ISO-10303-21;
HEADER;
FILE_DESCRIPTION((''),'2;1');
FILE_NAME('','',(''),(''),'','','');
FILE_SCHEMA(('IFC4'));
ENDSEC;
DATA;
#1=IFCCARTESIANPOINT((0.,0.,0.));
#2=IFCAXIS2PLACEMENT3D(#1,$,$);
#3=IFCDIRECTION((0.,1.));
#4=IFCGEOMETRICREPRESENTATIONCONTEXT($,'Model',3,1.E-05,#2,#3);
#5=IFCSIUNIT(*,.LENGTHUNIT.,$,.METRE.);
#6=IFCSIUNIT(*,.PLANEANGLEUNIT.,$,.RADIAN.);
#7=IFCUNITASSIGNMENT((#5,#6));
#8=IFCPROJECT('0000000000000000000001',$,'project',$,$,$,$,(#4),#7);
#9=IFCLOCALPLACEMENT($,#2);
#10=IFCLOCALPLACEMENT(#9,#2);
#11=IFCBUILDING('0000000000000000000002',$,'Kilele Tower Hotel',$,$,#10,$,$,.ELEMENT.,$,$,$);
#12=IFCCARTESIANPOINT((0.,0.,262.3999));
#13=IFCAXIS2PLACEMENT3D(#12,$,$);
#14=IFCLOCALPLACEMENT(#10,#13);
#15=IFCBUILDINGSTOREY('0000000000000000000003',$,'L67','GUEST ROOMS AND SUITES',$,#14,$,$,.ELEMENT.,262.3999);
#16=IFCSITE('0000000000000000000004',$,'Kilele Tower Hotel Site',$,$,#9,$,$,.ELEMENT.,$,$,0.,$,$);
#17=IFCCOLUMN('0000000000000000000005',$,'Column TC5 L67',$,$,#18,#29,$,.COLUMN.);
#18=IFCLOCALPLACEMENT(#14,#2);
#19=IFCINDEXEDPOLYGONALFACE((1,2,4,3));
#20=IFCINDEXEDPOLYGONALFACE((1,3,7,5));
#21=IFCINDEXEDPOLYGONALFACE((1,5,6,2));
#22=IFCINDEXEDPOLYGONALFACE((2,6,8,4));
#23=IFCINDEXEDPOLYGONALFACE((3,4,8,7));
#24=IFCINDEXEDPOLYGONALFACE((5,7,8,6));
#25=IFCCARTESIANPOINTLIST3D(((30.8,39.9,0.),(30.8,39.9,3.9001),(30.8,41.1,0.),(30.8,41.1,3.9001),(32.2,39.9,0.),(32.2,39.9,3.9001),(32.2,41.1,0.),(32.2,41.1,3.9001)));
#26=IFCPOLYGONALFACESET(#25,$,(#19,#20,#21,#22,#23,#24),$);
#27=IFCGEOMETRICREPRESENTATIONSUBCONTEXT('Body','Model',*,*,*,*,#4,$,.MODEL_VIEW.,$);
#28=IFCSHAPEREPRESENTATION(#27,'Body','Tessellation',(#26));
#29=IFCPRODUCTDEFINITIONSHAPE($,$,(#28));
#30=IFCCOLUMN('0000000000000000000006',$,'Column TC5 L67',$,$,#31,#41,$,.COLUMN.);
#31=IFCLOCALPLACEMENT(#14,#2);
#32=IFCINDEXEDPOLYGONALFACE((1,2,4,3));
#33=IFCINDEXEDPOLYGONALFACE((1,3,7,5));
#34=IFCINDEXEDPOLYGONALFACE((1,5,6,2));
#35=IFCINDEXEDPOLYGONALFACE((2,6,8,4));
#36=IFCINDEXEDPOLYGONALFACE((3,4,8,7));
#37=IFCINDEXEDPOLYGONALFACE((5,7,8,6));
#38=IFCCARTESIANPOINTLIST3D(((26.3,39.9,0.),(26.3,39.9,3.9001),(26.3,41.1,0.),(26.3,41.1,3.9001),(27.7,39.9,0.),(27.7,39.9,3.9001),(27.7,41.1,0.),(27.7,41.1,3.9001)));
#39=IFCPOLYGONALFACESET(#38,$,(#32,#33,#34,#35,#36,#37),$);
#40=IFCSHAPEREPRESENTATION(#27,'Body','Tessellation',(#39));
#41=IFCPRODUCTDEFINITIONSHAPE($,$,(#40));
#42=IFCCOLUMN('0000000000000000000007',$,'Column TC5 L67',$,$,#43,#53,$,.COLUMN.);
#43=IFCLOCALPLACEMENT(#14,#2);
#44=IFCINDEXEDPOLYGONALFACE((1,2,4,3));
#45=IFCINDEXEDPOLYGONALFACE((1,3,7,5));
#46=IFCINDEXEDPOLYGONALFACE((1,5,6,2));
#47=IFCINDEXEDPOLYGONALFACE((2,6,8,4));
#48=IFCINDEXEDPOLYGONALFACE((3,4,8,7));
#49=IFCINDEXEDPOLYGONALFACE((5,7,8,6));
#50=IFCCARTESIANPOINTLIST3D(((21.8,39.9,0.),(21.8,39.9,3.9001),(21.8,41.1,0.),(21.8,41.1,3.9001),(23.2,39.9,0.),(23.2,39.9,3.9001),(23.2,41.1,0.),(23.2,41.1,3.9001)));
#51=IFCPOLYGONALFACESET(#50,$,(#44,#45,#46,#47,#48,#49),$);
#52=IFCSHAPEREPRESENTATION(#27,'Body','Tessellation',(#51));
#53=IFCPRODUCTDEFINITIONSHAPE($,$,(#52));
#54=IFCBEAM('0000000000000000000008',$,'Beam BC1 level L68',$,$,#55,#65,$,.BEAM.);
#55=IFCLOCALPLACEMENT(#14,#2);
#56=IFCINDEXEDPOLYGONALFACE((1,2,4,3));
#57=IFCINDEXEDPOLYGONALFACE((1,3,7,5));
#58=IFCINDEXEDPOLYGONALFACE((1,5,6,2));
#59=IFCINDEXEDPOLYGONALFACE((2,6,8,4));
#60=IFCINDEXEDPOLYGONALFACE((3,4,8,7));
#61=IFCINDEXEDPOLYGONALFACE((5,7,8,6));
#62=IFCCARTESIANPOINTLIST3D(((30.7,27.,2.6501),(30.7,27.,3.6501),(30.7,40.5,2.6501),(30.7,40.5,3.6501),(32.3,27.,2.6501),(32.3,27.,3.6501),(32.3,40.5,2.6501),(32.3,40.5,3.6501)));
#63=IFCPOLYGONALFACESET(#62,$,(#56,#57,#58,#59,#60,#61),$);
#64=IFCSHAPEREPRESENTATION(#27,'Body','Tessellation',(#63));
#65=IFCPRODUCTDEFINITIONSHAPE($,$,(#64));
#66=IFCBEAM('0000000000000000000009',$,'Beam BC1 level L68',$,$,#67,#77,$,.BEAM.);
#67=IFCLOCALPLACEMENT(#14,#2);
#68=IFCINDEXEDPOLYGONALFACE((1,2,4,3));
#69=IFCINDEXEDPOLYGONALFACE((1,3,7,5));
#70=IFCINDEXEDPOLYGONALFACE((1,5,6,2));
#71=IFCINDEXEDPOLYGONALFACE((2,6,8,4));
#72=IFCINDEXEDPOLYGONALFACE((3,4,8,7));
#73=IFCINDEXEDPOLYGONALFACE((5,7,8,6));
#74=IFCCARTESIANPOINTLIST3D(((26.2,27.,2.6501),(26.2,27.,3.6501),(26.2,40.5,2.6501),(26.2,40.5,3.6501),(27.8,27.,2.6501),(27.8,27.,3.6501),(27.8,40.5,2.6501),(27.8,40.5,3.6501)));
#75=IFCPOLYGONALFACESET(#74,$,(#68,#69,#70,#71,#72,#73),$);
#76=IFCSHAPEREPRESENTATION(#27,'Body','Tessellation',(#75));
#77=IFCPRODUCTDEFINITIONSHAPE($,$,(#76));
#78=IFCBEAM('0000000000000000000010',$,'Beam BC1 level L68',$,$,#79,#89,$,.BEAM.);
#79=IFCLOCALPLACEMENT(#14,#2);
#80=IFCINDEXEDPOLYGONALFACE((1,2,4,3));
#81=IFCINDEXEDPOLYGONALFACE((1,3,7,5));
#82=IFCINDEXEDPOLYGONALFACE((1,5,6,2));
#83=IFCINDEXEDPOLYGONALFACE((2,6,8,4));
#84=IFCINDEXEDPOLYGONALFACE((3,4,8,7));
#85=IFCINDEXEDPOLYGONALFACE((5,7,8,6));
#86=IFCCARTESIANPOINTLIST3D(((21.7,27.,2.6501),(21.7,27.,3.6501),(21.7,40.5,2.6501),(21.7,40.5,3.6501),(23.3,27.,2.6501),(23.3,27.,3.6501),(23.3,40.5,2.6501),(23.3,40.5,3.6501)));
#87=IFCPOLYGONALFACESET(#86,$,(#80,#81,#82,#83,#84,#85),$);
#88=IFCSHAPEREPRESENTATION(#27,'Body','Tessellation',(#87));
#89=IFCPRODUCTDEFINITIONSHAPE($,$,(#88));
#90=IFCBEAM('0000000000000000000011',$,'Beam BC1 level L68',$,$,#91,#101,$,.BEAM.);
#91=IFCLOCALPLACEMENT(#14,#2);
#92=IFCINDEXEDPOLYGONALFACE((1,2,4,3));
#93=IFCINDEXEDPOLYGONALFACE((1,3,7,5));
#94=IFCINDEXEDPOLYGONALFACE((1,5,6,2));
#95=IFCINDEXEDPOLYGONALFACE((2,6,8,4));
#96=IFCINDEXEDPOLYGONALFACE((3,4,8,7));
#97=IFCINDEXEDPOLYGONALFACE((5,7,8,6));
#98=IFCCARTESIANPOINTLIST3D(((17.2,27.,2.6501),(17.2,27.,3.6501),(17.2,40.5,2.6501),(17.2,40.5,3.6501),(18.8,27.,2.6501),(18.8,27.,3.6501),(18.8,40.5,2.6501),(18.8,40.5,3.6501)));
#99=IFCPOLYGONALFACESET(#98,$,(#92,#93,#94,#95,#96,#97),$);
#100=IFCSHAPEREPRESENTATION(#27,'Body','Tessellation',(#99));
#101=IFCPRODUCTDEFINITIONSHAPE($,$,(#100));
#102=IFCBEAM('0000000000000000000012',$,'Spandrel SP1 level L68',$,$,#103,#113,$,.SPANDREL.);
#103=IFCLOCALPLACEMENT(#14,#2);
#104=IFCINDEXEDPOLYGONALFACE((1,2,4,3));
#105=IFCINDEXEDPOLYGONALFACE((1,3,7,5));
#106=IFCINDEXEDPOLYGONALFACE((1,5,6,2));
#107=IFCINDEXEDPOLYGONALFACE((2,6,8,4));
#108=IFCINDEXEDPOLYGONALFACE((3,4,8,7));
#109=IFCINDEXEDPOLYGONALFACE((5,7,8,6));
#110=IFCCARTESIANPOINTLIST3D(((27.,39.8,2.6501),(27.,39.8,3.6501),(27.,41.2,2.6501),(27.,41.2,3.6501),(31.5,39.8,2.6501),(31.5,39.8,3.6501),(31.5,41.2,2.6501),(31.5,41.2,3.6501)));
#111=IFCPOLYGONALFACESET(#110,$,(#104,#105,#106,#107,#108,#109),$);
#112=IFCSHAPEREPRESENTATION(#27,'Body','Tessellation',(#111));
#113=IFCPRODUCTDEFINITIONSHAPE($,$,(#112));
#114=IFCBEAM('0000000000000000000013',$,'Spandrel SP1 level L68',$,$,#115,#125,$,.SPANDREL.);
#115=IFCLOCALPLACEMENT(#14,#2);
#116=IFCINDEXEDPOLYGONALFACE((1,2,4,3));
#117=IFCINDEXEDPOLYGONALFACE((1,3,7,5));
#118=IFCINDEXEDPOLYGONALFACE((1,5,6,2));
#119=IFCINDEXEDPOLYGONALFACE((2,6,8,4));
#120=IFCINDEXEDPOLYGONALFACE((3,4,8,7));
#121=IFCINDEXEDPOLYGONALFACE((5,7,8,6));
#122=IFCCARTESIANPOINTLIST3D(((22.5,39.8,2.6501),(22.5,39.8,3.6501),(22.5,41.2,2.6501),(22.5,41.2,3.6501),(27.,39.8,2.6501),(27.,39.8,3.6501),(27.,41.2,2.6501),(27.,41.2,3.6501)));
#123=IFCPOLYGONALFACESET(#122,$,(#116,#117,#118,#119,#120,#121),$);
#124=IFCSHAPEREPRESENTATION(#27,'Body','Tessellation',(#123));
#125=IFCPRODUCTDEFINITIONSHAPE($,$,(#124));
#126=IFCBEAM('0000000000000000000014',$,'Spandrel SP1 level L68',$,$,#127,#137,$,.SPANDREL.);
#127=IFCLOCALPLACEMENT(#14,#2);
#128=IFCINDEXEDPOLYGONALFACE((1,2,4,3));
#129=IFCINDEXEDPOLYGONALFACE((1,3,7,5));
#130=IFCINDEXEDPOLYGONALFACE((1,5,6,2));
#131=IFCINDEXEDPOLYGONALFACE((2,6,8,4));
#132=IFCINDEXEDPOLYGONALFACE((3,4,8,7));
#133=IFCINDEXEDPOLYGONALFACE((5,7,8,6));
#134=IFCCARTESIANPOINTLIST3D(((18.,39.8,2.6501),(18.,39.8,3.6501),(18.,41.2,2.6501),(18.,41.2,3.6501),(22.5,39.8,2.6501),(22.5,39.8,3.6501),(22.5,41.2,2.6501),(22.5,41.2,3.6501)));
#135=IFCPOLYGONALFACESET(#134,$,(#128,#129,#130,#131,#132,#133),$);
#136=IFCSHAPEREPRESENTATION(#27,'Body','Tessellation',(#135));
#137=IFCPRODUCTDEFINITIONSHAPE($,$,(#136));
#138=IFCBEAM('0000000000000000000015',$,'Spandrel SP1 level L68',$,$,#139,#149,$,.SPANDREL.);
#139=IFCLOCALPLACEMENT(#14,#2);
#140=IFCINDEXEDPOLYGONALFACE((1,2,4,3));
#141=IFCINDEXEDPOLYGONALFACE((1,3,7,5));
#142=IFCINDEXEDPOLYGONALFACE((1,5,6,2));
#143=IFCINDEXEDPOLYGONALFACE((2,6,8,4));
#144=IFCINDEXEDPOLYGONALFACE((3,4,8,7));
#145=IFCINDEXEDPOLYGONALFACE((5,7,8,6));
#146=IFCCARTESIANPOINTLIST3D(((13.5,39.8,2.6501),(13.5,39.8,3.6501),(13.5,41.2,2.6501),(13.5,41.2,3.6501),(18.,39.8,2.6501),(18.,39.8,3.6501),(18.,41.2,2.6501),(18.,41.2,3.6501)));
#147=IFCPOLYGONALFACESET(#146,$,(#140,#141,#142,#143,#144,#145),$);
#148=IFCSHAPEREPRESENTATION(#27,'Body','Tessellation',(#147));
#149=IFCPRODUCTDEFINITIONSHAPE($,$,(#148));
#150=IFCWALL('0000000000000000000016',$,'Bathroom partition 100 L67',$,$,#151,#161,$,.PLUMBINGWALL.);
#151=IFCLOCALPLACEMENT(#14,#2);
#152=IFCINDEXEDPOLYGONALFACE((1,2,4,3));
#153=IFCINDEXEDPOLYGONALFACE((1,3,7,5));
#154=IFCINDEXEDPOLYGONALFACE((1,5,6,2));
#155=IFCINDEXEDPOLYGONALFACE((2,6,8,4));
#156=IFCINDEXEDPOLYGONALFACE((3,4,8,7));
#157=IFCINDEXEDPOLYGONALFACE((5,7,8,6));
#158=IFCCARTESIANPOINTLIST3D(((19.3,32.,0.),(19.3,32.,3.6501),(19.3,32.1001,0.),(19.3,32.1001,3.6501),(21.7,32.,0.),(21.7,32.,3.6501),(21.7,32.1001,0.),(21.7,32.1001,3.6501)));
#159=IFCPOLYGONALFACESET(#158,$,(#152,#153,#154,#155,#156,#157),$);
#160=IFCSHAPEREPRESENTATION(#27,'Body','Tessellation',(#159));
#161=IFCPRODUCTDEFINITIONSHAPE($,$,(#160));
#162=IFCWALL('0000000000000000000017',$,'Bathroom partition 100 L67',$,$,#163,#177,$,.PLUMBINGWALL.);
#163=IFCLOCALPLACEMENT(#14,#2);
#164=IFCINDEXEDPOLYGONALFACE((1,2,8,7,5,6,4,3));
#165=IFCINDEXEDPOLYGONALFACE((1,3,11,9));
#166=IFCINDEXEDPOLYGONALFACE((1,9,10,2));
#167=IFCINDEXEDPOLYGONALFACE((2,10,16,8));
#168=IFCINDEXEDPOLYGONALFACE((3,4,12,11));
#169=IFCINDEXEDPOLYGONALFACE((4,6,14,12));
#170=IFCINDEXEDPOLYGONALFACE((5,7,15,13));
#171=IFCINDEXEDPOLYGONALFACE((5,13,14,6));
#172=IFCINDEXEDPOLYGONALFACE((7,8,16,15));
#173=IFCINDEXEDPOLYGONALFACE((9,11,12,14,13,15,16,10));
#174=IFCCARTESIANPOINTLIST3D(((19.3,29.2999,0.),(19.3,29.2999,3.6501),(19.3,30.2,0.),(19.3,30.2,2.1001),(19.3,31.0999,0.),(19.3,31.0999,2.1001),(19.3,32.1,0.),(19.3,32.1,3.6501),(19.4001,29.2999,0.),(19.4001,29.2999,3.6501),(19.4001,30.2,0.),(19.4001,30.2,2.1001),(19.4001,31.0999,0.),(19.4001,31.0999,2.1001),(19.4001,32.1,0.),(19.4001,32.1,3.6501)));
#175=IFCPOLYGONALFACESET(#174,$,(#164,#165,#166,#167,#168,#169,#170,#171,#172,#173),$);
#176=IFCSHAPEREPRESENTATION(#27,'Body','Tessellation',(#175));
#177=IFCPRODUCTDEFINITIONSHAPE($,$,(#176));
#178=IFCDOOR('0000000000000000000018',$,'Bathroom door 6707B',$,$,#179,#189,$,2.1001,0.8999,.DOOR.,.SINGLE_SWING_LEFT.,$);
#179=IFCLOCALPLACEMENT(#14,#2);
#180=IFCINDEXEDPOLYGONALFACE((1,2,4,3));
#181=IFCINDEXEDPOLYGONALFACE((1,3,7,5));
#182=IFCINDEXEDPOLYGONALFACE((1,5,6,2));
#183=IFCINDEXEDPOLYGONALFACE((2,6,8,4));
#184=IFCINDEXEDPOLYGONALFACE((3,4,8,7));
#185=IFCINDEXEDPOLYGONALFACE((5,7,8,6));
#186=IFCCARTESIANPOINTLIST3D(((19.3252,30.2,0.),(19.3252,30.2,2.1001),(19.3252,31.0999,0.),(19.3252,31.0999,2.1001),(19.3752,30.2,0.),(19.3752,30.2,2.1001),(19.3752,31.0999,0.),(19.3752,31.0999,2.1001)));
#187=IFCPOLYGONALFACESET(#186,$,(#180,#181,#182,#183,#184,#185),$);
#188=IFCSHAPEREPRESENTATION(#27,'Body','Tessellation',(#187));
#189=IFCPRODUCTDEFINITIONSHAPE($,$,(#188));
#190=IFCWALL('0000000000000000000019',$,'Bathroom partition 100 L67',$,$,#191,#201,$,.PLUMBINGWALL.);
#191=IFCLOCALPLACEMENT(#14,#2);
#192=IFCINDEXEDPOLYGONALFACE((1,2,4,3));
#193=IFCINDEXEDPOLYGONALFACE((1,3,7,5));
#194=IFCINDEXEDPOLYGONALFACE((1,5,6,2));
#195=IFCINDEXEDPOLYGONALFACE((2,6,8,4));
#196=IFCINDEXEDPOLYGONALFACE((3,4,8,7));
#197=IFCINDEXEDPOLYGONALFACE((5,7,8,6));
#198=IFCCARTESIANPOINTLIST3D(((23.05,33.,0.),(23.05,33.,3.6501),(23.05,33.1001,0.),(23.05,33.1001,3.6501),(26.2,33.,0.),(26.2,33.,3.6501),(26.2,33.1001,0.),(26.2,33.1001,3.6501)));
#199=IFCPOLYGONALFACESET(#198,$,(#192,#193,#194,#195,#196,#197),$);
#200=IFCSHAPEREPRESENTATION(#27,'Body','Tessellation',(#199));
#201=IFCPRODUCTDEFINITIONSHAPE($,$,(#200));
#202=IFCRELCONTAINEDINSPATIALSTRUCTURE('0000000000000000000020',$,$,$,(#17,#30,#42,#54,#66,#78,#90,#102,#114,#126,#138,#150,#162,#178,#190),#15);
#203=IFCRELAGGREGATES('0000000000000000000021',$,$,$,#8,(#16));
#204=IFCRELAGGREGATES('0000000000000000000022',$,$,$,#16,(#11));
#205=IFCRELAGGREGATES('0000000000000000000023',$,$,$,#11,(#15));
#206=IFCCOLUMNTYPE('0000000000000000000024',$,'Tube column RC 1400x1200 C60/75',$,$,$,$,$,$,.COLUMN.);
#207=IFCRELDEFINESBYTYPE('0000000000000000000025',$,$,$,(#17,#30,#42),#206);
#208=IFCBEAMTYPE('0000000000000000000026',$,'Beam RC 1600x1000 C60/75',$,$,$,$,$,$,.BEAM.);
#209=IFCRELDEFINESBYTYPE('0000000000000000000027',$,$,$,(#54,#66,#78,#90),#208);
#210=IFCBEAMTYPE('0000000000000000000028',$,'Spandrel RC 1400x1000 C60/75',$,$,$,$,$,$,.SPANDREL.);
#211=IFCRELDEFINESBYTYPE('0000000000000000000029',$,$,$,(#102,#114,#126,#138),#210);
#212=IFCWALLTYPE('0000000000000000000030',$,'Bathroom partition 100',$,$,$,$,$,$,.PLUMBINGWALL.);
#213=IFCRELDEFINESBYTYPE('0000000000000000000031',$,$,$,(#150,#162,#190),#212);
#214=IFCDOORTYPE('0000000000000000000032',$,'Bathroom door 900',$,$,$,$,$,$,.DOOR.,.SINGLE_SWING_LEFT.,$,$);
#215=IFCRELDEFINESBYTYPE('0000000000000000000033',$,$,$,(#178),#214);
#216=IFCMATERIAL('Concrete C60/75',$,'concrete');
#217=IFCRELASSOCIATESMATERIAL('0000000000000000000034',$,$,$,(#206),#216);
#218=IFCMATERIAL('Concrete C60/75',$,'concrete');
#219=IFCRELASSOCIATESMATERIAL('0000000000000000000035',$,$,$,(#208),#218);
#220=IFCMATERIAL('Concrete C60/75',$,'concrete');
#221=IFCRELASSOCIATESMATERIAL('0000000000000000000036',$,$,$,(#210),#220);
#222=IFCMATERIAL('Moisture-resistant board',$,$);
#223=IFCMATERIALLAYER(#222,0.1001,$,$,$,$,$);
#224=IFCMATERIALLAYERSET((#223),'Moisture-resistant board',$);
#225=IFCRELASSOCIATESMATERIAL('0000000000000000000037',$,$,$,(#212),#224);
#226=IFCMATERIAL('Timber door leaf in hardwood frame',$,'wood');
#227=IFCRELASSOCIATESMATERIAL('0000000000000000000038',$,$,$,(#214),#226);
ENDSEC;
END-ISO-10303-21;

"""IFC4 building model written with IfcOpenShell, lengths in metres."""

from ifc_helpers import new_model, si_unit, direction, frame, frame_2d, origin, origin_2d, place, context, subcontext, project, spatial, rectangle, extrude, material, layer, layer_set, material_profile, profile_set, type_object, element, fill, save


model = new_model("IFC4")

# Units and contexts
model_context = context("Model", 3, precision=1e-05, world=origin(), true_north=direction((0.0, 1.0)))
body_context = subcontext(model_context, "Body", "Model", "MODEL_VIEW")
ifc_project = project(units=[si_unit("LENGTHUNIT", "METRE"), si_unit("PLANEANGLEUNIT", "RADIAN")], contexts=[model_context])

# Site, building, storey
site_placement = place(None, origin())
site = spatial("IfcSite", under=ifc_project, at=site_placement, Name="Kilele Tower Hotel Site", CompositionType="ELEMENT", RefElevation=0.0)
building_placement = place(site_placement, origin())
building = spatial("IfcBuilding", under=site, at=building_placement, Name="Kilele Tower Hotel", CompositionType="ELEMENT")
storey_placement = place(building_placement, frame((0.0, 0.0, 262.3999)))
storey = spatial("IfcBuildingStorey", under=building, at=storey_placement, Name="L67", Description="GUEST ROOMS AND SUITES", CompositionType="ELEMENT", Elevation=262.3999)

# Columns
ifc_material_1 = material(Name="Concrete C60/75", Category="concrete")
ifc_material_profile_1 = material_profile(ifc_material_1, rectangle(XDim=1.3999, YDim=1.2, at=origin_2d()))
ifc_profile_set_1 = profile_set([ifc_material_profile_1], Name="Concrete C60/75")
column_type = type_object("IfcColumnType", Name="Tube column RC 1400x1200 C60/75", PredefinedType="COLUMN", material=ifc_profile_set_1)
for number, where, z_axis, x_axis, name in (
    (1, (31.5, 40.5, 0.0), (0.0, 0.0, 1.0), (1.0, 0.0, 0.0), "Column TC5 L67"),
    (2, (27.0, 40.5, 0.0), (0.0, 0.0, 1.0), (1.0, 0.0, 0.0), "Column TC5 L67"),
    (3, (22.5, 40.5, 0.0), (0.0, 0.0, 1.0), (1.0, 0.0, 0.0), "Column TC5 L67"),
):
    element("IfcColumn", number, at=place(storey_placement, frame(where, z_axis=z_axis, x_axis=x_axis)), inside=storey, type_object=column_type, Name=name, PredefinedType="COLUMN", context=body_context, shape_type="SweptSolid", body=[
        extrude(rectangle(XDim=1.3999, YDim=1.2, at=origin_2d()), origin(), (0.0, 0.0, 1.0), 3.9001),
    ])

# Beams
ifc_material_2 = material(Name="Concrete C60/75", Category="concrete")
ifc_material_profile_2 = material_profile(ifc_material_2, rectangle(XDim=1.6001, YDim=1.0, at=origin_2d()))
ifc_profile_set_2 = profile_set([ifc_material_profile_2], Name="Concrete C60/75")
beam_type_1 = type_object("IfcBeamType", Name="Beam RC 1600x1000 C60/75", PredefinedType="BEAM", material=ifc_profile_set_2)
for number, where, z_axis, x_axis, name in (
    (4, (31.5, 40.5, 3.1501), (0.0, -1.0, 0.0), (1.0, 0.0, 0.0), "Beam BC1 level L68"),
    (5, (27.0, 40.5, 3.1501), (0.0, -1.0, 0.0), (1.0, 0.0, 0.0), "Beam BC1 level L68"),
    (6, (22.5, 40.5, 3.1501), (0.0, -1.0, 0.0), (1.0, 0.0, 0.0), "Beam BC1 level L68"),
    (7, (18.0, 40.5, 3.1501), (0.0, -1.0, 0.0), (1.0, 0.0, 0.0), "Beam BC1 level L68"),
):
    element("IfcBeam", number, at=place(storey_placement, frame(where, z_axis=z_axis, x_axis=x_axis)), inside=storey, type_object=beam_type_1, Name=name, PredefinedType="BEAM", context=body_context, shape_type="SweptSolid", body=[
        extrude(rectangle(XDim=1.6001, YDim=1.0, at=origin_2d()), origin(), (0.0, 0.0, 1.0), 13.5),
    ])
ifc_material_3 = material(Name="Concrete C60/75", Category="concrete")
ifc_material_profile_3 = material_profile(ifc_material_3, rectangle(XDim=1.3999, YDim=1.0, at=origin_2d()))
ifc_profile_set_3 = profile_set([ifc_material_profile_3], Name="Concrete C60/75")
beam_type_2 = type_object("IfcBeamType", Name="Spandrel RC 1400x1000 C60/75", PredefinedType="SPANDREL", material=ifc_profile_set_3)
for number, where, z_axis, x_axis, name in (
    (8, (31.5, 40.5, 3.1501), (-1.0, 0.0, 0.0), (0.0, -1.0, 0.0), "Spandrel SP1 level L68"),
    (9, (27.0, 40.5, 3.1501), (-1.0, 0.0, 0.0), (0.0, -1.0, 0.0), "Spandrel SP1 level L68"),
    (10, (22.5, 40.5, 3.1501), (-1.0, 0.0, 0.0), (0.0, -1.0, 0.0), "Spandrel SP1 level L68"),
    (11, (18.0, 40.5, 3.1501), (-1.0, 0.0, 0.0), (0.0, -1.0, 0.0), "Spandrel SP1 level L68"),
):
    element("IfcBeam", number, at=place(storey_placement, frame(where, z_axis=z_axis, x_axis=x_axis)), inside=storey, type_object=beam_type_2, Name=name, PredefinedType="SPANDREL", context=body_context, shape_type="SweptSolid", body=[
        extrude(rectangle(XDim=1.3999, YDim=1.0, at=origin_2d()), origin(), (0.0, 0.0, 1.0), 4.5),
    ])

# Wall
ifc_material_4 = material(Name="Moisture-resistant board")
ifc_layer_1 = layer(ifc_material_4, 0.1001)
ifc_layer_set_1 = layer_set([ifc_layer_1], Name="Moisture-resistant board")
wall_type_1 = type_object("IfcWallType", Name="Bathroom partition 100", PredefinedType="PLUMBINGWALL", material=ifc_layer_set_1)
wall_1_placement = place(storey_placement, frame((19.3, 32.05, 0.0), z_axis=(0.0, 0.0, 1.0), x_axis=(1.0, 0.0, 0.0)))
element("IfcWall", 12, at=wall_1_placement, inside=storey, type_object=wall_type_1, Name="Bathroom partition 100 L67", PredefinedType="PLUMBINGWALL", context=body_context, shape_type="SweptSolid", body=[
    extrude(rectangle(XDim=2.3999, YDim=0.1001, at=frame_2d((1.2, 0.0))), origin(), (0.0, 0.0, 1.0), 3.6501),
])

# Wall, opening, door
wall_2_placement = place(storey_placement, frame((19.3501, 29.3, 0.0), z_axis=(0.0, 0.0, 1.0), x_axis=(0.0, 1.0, 0.0)))
wall_2 = element("IfcWall", 13, at=wall_2_placement, inside=storey, type_object=wall_type_1, Name="Bathroom partition 100 L67", PredefinedType="PLUMBINGWALL", context=body_context, shape_type="SweptSolid", body=[
    extrude(rectangle(XDim=2.8, YDim=0.1001, at=frame_2d((1.3999, 0.0))), origin(), (0.0, 0.0, 1.0), 3.6501),
])
opening_1_placement = place(wall_2_placement, frame((0.8999, 0.0, 0.0)))
opening_1 = element("IfcOpeningElement", 14, at=opening_1_placement, cuts=wall_2, PredefinedType="OPENING", context=body_context, shape_type="SweptSolid", body=[
    extrude(rectangle(XDim=0.8999, YDim=2.1001, at=frame_2d((0.45, 1.05))), frame((0.0, 0.0601, 0.0), z_axis=(0.0, -1.0, 0.0), x_axis=(1.0, 0.0, 0.0)), (0.0, 0.0, 1.0), 0.1201),
])
ifc_material_5 = material(Name="Timber door leaf in hardwood frame", Category="wood")
door_type_1 = type_object("IfcDoorType", Name="Bathroom door 900", OperationType="SINGLE_SWING_LEFT", PredefinedType="DOOR", material=ifc_material_5)
door_1_placement = place(opening_1_placement, origin())
door_1 = element("IfcDoor", 15, at=door_1_placement, inside=storey, type_object=door_type_1, Name="Bathroom door 6707B", OperationType="SINGLE_SWING_LEFT", OverallHeight=2.1001, OverallWidth=0.8999, PredefinedType="DOOR", context=body_context, shape_type="SweptSolid", body=[
    extrude(rectangle(XDim=0.8999, YDim=2.1001, at=frame_2d((0.45, 1.05))), frame((0.0, 0.0249, 0.0), z_axis=(0.0, -1.0, 0.0), x_axis=(1.0, 0.0, 0.0)), (0.0, 0.0, 1.0), 0.05),
])
fill(opening_1, door_1)

# Wall
wall_3_placement = place(storey_placement, frame((23.05, 33.05, 0.0), z_axis=(0.0, 0.0, 1.0), x_axis=(1.0, 0.0, 0.0)))
element("IfcWall", 16, at=wall_3_placement, inside=storey, type_object=wall_type_1, Name="Bathroom partition 100 L67", PredefinedType="PLUMBINGWALL", context=body_context, shape_type="SweptSolid", body=[
    extrude(rectangle(XDim=3.1499, YDim=0.1001, at=frame_2d((1.575, 0.0))), origin(), (0.0, 0.0, 1.0), 3.6501),
])

save(model, "model.ifc")
